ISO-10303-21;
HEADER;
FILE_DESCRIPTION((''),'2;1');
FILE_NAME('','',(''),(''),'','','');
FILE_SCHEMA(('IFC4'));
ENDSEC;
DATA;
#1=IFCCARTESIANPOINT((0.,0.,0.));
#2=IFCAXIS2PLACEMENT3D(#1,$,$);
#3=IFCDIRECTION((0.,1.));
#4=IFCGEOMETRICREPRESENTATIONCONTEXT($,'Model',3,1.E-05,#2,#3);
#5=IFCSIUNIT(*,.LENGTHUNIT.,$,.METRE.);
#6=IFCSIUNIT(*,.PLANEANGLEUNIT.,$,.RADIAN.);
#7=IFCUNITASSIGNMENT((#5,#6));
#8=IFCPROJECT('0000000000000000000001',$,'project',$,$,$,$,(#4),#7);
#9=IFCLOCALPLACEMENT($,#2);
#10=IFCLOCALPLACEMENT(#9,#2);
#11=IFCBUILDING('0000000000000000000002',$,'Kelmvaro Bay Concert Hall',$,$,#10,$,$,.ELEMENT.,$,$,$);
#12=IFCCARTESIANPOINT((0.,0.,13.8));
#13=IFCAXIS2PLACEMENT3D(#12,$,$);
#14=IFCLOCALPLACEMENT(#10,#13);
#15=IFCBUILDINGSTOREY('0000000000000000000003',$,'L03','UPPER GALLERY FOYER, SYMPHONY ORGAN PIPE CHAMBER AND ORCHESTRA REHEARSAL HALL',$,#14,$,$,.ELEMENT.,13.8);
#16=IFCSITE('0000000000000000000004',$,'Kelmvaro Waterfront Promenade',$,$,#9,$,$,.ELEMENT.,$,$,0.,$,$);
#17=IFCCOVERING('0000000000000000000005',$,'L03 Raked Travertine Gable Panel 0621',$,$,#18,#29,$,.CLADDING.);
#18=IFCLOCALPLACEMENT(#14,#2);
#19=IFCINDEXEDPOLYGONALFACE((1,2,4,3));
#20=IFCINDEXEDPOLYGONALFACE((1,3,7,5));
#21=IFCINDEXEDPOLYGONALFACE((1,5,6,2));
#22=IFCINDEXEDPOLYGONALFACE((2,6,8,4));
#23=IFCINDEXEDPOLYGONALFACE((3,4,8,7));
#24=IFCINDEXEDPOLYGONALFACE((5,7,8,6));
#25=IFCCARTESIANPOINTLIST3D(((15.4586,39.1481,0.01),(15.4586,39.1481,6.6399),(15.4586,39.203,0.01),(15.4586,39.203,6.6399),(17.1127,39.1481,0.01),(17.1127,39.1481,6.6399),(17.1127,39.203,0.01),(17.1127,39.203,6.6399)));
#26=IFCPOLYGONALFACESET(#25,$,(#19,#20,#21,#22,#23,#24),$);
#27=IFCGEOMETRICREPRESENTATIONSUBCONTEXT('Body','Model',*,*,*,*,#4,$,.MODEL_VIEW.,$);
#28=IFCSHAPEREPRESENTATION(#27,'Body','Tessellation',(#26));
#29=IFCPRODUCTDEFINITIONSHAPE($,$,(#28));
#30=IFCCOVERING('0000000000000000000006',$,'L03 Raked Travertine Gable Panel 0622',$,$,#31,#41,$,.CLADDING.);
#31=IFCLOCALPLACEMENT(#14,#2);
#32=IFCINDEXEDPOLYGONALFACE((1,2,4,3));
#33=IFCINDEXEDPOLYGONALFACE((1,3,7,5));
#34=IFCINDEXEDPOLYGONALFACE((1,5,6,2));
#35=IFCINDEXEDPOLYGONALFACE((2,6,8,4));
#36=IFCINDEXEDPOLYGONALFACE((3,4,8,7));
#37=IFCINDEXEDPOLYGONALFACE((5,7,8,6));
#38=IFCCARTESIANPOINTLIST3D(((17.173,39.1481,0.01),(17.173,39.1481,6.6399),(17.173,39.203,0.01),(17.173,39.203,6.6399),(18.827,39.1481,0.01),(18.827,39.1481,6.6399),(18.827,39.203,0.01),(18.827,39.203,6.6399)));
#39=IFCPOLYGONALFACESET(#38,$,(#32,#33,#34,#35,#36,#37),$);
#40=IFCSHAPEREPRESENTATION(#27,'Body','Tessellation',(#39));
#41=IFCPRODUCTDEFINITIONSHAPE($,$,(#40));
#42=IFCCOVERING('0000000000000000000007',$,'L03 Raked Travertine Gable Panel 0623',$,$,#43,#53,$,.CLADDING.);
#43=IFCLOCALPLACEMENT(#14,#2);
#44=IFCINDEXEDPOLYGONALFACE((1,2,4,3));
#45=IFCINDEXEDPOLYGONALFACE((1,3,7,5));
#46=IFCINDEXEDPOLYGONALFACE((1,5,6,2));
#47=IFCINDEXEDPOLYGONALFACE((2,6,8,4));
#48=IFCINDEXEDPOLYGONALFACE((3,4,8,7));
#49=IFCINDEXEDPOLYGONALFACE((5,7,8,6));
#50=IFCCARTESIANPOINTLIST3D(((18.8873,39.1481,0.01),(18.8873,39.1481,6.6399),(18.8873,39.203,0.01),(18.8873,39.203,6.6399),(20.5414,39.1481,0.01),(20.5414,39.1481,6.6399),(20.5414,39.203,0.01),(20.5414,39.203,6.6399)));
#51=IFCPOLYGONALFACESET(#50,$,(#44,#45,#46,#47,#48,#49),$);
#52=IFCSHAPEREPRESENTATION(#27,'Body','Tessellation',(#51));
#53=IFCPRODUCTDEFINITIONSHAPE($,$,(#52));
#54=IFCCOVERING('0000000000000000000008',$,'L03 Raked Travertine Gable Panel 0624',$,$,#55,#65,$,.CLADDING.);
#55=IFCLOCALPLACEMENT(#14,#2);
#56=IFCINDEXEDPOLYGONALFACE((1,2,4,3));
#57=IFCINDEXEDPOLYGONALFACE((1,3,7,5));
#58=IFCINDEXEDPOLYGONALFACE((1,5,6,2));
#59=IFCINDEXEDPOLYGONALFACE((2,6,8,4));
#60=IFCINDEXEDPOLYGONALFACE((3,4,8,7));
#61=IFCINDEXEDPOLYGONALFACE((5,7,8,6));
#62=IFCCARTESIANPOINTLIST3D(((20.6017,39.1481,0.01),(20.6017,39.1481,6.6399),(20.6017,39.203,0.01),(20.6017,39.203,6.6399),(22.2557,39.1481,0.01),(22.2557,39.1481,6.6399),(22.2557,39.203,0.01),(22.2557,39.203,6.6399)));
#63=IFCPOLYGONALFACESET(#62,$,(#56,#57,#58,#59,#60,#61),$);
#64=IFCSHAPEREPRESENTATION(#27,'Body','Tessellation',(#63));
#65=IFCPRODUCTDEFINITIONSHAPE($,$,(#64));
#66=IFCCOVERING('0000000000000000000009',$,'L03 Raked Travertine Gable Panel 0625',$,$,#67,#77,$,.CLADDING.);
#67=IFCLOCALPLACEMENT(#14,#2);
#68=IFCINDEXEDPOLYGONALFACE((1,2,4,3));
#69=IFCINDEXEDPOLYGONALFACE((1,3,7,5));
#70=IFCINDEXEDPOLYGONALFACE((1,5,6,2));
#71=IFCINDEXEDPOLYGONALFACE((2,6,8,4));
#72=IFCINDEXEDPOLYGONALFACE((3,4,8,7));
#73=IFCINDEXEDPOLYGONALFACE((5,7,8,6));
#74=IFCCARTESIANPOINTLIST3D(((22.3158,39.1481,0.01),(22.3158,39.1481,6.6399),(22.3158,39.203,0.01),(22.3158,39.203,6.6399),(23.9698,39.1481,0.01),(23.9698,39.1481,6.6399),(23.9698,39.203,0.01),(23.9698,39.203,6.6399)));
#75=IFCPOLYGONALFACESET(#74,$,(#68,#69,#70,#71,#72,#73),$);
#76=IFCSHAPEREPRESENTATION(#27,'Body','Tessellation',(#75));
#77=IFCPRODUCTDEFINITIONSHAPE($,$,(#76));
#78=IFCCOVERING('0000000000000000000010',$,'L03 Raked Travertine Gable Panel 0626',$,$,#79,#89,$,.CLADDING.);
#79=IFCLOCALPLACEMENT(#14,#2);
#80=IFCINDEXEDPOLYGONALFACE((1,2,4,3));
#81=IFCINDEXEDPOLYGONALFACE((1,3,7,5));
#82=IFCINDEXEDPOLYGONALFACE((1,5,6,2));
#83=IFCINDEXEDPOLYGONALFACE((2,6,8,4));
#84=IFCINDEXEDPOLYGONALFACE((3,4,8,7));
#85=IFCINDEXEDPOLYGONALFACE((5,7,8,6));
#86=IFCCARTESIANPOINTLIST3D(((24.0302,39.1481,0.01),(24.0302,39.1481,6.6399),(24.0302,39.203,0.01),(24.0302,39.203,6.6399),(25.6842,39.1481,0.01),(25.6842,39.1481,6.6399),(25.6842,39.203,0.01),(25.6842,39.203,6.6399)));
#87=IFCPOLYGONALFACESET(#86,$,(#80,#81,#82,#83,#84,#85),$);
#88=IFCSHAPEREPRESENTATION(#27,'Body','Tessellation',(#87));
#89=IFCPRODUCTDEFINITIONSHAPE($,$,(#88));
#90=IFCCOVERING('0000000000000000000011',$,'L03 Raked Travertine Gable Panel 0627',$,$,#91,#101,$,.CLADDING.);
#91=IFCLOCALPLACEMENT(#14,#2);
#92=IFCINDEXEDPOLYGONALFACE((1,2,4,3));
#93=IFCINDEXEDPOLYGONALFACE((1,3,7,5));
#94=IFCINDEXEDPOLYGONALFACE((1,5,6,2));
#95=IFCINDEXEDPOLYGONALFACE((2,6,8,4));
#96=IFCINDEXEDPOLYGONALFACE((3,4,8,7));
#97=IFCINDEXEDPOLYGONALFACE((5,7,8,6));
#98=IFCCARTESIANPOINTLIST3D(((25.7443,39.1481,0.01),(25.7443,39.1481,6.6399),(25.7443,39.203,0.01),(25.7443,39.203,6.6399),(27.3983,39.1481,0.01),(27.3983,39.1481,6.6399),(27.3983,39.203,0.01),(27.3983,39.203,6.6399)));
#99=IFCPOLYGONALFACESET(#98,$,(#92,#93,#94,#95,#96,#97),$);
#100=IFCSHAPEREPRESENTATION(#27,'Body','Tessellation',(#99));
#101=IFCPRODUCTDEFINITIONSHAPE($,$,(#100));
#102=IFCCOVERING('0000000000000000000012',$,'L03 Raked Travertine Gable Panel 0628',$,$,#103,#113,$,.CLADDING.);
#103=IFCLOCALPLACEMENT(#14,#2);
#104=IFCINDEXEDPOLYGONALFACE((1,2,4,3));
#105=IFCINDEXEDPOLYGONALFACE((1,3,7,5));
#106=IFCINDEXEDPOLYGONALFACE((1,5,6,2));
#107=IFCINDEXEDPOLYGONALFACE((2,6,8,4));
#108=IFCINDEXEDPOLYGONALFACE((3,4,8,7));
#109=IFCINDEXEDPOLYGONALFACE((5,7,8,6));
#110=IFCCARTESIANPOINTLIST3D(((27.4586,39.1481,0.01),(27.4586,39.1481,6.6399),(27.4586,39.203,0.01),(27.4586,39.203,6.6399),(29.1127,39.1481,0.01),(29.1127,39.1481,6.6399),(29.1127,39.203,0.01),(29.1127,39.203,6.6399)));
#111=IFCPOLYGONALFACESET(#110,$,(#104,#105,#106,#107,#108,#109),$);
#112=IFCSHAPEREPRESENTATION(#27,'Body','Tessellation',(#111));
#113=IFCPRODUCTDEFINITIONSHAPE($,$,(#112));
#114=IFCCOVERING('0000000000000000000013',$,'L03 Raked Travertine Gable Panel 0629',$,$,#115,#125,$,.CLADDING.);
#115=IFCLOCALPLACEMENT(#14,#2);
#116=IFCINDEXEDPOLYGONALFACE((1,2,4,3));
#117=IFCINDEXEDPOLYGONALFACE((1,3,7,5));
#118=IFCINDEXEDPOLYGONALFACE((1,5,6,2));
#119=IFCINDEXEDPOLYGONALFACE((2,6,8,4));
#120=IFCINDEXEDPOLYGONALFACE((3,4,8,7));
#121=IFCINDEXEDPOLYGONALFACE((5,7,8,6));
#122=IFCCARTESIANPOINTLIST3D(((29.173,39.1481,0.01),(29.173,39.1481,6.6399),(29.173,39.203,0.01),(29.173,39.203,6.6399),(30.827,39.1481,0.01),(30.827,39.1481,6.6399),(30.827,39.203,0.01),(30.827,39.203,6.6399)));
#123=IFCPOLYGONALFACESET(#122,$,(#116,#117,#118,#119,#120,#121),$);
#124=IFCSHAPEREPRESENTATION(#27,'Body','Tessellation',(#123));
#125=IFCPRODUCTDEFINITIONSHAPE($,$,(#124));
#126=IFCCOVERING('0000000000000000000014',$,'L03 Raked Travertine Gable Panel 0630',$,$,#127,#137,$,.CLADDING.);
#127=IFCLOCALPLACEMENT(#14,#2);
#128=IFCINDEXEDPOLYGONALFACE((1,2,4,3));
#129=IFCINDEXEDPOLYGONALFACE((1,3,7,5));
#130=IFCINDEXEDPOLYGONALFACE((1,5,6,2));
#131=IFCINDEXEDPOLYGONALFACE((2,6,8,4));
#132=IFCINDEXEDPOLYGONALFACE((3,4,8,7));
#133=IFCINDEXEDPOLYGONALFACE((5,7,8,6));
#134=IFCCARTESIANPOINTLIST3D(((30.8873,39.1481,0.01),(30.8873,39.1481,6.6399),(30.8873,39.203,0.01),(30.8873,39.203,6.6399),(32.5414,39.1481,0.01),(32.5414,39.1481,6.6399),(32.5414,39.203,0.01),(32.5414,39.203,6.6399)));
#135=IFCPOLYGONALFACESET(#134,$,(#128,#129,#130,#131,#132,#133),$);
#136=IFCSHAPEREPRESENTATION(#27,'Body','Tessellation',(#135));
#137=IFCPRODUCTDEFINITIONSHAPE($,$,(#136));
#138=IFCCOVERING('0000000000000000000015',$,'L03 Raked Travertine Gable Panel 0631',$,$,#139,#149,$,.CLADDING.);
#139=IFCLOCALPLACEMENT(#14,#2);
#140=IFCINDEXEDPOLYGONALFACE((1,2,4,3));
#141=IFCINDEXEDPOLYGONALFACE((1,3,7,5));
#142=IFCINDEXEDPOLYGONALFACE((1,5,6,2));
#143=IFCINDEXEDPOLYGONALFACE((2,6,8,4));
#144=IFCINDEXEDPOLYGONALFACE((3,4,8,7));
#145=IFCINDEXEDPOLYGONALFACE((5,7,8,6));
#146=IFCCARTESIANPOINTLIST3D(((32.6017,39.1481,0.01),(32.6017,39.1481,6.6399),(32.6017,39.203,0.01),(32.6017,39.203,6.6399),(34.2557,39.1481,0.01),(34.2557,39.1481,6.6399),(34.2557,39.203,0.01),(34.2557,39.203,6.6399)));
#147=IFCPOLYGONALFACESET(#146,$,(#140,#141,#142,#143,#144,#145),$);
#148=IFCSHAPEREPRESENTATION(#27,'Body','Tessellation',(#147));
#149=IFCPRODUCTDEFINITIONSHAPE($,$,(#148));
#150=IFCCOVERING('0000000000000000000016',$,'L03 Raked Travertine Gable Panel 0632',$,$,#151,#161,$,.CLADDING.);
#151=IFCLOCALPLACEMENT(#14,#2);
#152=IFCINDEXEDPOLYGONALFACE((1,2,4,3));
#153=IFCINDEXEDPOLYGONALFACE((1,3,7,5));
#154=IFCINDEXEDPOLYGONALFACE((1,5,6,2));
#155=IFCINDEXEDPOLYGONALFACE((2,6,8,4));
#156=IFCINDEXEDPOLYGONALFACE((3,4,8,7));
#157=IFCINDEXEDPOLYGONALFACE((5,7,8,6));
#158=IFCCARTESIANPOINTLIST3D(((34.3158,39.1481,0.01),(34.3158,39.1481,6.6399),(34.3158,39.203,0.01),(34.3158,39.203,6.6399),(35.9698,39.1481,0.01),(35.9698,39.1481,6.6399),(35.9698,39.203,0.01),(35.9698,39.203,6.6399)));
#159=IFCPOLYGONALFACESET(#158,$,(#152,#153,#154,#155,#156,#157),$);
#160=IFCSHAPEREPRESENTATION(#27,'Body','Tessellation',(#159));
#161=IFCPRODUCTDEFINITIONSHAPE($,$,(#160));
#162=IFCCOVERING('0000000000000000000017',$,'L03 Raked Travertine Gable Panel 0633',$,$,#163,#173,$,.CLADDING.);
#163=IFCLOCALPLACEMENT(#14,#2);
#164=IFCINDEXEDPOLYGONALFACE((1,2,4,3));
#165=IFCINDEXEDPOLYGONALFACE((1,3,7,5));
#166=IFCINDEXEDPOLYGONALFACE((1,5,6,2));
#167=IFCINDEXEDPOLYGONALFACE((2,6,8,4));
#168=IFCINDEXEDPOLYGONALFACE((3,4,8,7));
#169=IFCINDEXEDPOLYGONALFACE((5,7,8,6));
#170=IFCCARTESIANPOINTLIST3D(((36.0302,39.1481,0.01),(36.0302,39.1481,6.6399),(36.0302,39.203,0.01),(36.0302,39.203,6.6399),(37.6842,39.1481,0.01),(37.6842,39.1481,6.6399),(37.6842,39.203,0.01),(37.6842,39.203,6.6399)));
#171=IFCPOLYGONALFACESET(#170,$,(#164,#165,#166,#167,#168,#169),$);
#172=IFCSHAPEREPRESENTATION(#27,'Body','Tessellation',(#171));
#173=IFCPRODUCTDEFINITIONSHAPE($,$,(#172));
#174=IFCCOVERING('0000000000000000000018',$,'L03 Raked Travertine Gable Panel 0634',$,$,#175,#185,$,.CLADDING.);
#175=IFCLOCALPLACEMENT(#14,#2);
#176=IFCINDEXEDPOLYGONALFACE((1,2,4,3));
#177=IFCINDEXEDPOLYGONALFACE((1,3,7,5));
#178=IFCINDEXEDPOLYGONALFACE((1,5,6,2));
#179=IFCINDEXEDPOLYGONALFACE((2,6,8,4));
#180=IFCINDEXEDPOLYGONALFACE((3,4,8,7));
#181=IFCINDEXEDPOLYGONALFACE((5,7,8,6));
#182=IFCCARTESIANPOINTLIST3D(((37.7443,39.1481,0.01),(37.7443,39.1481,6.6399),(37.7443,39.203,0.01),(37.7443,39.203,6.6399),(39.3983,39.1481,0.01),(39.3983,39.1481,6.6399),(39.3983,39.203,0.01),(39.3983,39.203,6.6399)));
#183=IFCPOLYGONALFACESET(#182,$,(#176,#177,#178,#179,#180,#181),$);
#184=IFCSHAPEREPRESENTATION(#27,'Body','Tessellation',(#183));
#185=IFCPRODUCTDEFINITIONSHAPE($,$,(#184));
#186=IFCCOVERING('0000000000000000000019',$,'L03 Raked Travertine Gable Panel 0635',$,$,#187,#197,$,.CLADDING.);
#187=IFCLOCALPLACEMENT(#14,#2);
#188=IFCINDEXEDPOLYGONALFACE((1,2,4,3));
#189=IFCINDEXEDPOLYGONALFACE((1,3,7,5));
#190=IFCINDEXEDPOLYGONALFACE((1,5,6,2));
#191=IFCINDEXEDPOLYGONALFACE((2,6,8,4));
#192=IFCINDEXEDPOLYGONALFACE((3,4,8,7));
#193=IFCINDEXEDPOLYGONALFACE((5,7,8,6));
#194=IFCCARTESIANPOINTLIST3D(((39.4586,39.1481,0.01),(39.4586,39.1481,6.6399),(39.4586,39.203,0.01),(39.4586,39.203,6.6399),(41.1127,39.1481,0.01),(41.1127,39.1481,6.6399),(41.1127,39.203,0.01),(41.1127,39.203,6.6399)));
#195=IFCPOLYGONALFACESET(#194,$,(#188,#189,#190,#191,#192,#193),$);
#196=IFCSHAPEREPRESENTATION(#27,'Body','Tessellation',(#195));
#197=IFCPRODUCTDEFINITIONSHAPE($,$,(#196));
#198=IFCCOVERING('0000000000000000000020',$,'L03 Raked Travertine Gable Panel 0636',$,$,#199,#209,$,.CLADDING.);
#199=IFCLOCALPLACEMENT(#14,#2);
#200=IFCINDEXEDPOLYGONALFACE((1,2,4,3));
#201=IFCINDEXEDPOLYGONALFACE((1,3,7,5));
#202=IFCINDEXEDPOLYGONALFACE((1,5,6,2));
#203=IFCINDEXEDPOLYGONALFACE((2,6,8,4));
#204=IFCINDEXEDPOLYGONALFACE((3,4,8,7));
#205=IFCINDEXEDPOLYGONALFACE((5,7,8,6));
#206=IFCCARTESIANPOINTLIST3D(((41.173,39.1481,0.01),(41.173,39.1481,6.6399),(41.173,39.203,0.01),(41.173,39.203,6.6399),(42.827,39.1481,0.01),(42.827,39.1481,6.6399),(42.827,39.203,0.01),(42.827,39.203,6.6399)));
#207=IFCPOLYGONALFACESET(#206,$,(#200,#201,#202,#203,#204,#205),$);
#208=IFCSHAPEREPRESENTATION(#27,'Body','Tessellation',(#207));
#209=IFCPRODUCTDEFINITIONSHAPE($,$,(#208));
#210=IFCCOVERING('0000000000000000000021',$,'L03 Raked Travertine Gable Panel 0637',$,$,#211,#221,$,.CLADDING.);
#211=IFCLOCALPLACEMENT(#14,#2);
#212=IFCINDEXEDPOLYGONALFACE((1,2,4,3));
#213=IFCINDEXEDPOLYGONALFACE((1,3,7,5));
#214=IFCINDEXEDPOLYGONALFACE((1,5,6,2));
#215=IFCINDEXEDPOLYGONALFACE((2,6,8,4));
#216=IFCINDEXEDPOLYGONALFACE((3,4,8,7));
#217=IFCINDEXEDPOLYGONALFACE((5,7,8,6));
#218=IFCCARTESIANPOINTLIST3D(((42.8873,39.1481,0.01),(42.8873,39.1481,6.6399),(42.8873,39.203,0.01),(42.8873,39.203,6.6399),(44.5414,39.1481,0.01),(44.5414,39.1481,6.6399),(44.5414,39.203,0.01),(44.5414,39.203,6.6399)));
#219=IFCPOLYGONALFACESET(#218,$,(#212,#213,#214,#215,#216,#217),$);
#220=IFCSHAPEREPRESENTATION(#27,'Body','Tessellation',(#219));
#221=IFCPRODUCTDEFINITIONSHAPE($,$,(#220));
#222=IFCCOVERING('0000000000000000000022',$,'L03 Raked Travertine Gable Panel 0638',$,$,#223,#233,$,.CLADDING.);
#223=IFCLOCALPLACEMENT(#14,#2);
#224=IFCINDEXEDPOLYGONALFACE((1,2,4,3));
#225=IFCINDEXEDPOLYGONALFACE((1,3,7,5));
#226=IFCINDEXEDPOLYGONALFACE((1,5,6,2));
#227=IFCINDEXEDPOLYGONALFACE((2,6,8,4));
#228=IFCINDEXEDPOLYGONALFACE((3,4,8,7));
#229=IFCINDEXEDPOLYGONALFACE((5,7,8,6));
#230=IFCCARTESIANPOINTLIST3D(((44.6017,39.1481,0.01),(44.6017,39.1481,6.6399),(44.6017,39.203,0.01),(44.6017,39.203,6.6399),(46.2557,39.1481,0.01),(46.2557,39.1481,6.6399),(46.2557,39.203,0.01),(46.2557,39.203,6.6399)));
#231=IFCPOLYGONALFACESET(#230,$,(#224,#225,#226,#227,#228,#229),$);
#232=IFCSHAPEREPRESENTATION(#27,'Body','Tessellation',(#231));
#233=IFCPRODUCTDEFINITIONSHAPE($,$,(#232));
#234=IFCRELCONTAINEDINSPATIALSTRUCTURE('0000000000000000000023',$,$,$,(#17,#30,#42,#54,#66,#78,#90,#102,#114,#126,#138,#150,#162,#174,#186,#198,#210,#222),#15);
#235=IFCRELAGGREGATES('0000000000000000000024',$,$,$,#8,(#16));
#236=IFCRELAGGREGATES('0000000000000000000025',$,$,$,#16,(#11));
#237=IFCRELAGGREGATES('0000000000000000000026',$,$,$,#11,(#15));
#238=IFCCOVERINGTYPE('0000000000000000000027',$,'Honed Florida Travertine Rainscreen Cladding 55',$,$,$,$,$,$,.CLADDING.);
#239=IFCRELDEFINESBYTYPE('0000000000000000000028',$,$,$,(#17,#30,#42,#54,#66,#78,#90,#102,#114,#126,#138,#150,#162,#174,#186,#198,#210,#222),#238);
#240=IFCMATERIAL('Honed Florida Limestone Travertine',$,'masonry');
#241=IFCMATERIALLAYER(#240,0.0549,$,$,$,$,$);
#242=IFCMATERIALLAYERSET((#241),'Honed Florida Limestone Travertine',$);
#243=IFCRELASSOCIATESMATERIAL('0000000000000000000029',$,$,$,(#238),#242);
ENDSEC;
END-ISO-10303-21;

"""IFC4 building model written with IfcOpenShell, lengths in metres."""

from ifc_helpers import new_model, si_unit, direction, frame, origin, origin_2d, place, context, subcontext, project, spatial, rectangle, extrude, material, layer, layer_set, type_object, element, save


model = new_model("IFC4")

# Units and contexts
model_context = context("Model", 3, precision=1e-05, world=origin(), true_north=direction((0.0, 1.0)))
body_context = subcontext(model_context, "Body", "Model", "MODEL_VIEW")
ifc_project = project(units=[si_unit("LENGTHUNIT", "METRE"), si_unit("PLANEANGLEUNIT", "RADIAN")], contexts=[model_context])

# Site, building, storey
site_placement = place(None, origin())
site = spatial("IfcSite", under=ifc_project, at=site_placement, Name="Kelmvaro Waterfront Promenade", CompositionType="ELEMENT", RefElevation=0.0)
building_placement = place(site_placement, origin())
building = spatial("IfcBuilding", under=site, at=building_placement, Name="Kelmvaro Bay Concert Hall", CompositionType="ELEMENT")
storey_placement = place(building_placement, frame((0.0, 0.0, 13.8)))
storey = spatial("IfcBuildingStorey", under=building, at=storey_placement, Name="L03", Description="UPPER GALLERY FOYER, SYMPHONY ORGAN PIPE CHAMBER AND ORCHESTRA REHEARSAL HALL", CompositionType="ELEMENT", Elevation=13.8)

# Coverings
ifc_material_1 = material(Name="Honed Florida Limestone Travertine", Category="masonry")
ifc_layer_1 = layer(ifc_material_1, 0.0549)
ifc_layer_set_1 = layer_set([ifc_layer_1], Name="Honed Florida Limestone Travertine")
covering_type = type_object("IfcCoveringType", Name="Honed Florida Travertine Rainscreen Cladding 55", PredefinedType="CLADDING", material=ifc_layer_set_1)
for number, where, z_axis, x_axis, name in (
    (1, (16.2856, 39.1755, 0.01), (0.0, 0.0, 1.0), (1.0, 0.0, 0.0), "L03 Raked Travertine Gable Panel 0621"),
    (2, (18.0, 39.1755, 0.01), (0.0, 0.0, 1.0), (1.0, 0.0, 0.0), "L03 Raked Travertine Gable Panel 0622"),
    (3, (19.7144, 39.1755, 0.01), (0.0, 0.0, 1.0), (1.0, 0.0, 0.0), "L03 Raked Travertine Gable Panel 0623"),
    (4, (21.4287, 39.1755, 0.01), (0.0, 0.0, 1.0), (1.0, 0.0, 0.0), "L03 Raked Travertine Gable Panel 0624"),
    (5, (23.1428, 39.1755, 0.01), (0.0, 0.0, 1.0), (1.0, 0.0, 0.0), "L03 Raked Travertine Gable Panel 0625"),
    (6, (24.8572, 39.1755, 0.01), (0.0, 0.0, 1.0), (1.0, 0.0, 0.0), "L03 Raked Travertine Gable Panel 0626"),
    (7, (26.5713, 39.1755, 0.01), (0.0, 0.0, 1.0), (1.0, 0.0, 0.0), "L03 Raked Travertine Gable Panel 0627"),
    (8, (28.2856, 39.1755, 0.01), (0.0, 0.0, 1.0), (1.0, 0.0, 0.0), "L03 Raked Travertine Gable Panel 0628"),
    (9, (30.0, 39.1755, 0.01), (0.0, 0.0, 1.0), (1.0, 0.0, 0.0), "L03 Raked Travertine Gable Panel 0629"),
    (10, (31.7144, 39.1755, 0.01), (0.0, 0.0, 1.0), (1.0, 0.0, 0.0), "L03 Raked Travertine Gable Panel 0630"),
    (11, (33.4287, 39.1755, 0.01), (0.0, 0.0, 1.0), (1.0, 0.0, 0.0), "L03 Raked Travertine Gable Panel 0631"),
    (12, (35.1428, 39.1755, 0.01), (0.0, 0.0, 1.0), (1.0, 0.0, 0.0), "L03 Raked Travertine Gable Panel 0632"),
    (13, (36.8572, 39.1755, 0.01), (0.0, 0.0, 1.0), (1.0, 0.0, 0.0), "L03 Raked Travertine Gable Panel 0633"),
    (14, (38.5713, 39.1755, 0.01), (0.0, 0.0, 1.0), (1.0, 0.0, 0.0), "L03 Raked Travertine Gable Panel 0634"),
    (15, (40.2856, 39.1755, 0.01), (0.0, 0.0, 1.0), (1.0, 0.0, 0.0), "L03 Raked Travertine Gable Panel 0635"),
    (16, (42.0, 39.1755, 0.01), (0.0, 0.0, 1.0), (1.0, 0.0, 0.0), "L03 Raked Travertine Gable Panel 0636"),
    (17, (43.7144, 39.1755, 0.01), (0.0, 0.0, 1.0), (1.0, 0.0, 0.0), "L03 Raked Travertine Gable Panel 0637"),
    (18, (45.4287, 39.1755, 0.01), (0.0, 0.0, 1.0), (1.0, 0.0, 0.0), "L03 Raked Travertine Gable Panel 0638"),
):
    element("IfcCovering", number, at=place(storey_placement, frame(where, z_axis=z_axis, x_axis=x_axis)), inside=storey, type_object=covering_type, Name=name, PredefinedType="CLADDING", context=body_context, shape_type="SweptSolid", body=[
        extrude(rectangle(XDim=1.6541, YDim=0.0549, at=origin_2d()), origin(), (0.0, 0.0, 1.0), 6.6299),
    ])

save(model, "model.ifc")
